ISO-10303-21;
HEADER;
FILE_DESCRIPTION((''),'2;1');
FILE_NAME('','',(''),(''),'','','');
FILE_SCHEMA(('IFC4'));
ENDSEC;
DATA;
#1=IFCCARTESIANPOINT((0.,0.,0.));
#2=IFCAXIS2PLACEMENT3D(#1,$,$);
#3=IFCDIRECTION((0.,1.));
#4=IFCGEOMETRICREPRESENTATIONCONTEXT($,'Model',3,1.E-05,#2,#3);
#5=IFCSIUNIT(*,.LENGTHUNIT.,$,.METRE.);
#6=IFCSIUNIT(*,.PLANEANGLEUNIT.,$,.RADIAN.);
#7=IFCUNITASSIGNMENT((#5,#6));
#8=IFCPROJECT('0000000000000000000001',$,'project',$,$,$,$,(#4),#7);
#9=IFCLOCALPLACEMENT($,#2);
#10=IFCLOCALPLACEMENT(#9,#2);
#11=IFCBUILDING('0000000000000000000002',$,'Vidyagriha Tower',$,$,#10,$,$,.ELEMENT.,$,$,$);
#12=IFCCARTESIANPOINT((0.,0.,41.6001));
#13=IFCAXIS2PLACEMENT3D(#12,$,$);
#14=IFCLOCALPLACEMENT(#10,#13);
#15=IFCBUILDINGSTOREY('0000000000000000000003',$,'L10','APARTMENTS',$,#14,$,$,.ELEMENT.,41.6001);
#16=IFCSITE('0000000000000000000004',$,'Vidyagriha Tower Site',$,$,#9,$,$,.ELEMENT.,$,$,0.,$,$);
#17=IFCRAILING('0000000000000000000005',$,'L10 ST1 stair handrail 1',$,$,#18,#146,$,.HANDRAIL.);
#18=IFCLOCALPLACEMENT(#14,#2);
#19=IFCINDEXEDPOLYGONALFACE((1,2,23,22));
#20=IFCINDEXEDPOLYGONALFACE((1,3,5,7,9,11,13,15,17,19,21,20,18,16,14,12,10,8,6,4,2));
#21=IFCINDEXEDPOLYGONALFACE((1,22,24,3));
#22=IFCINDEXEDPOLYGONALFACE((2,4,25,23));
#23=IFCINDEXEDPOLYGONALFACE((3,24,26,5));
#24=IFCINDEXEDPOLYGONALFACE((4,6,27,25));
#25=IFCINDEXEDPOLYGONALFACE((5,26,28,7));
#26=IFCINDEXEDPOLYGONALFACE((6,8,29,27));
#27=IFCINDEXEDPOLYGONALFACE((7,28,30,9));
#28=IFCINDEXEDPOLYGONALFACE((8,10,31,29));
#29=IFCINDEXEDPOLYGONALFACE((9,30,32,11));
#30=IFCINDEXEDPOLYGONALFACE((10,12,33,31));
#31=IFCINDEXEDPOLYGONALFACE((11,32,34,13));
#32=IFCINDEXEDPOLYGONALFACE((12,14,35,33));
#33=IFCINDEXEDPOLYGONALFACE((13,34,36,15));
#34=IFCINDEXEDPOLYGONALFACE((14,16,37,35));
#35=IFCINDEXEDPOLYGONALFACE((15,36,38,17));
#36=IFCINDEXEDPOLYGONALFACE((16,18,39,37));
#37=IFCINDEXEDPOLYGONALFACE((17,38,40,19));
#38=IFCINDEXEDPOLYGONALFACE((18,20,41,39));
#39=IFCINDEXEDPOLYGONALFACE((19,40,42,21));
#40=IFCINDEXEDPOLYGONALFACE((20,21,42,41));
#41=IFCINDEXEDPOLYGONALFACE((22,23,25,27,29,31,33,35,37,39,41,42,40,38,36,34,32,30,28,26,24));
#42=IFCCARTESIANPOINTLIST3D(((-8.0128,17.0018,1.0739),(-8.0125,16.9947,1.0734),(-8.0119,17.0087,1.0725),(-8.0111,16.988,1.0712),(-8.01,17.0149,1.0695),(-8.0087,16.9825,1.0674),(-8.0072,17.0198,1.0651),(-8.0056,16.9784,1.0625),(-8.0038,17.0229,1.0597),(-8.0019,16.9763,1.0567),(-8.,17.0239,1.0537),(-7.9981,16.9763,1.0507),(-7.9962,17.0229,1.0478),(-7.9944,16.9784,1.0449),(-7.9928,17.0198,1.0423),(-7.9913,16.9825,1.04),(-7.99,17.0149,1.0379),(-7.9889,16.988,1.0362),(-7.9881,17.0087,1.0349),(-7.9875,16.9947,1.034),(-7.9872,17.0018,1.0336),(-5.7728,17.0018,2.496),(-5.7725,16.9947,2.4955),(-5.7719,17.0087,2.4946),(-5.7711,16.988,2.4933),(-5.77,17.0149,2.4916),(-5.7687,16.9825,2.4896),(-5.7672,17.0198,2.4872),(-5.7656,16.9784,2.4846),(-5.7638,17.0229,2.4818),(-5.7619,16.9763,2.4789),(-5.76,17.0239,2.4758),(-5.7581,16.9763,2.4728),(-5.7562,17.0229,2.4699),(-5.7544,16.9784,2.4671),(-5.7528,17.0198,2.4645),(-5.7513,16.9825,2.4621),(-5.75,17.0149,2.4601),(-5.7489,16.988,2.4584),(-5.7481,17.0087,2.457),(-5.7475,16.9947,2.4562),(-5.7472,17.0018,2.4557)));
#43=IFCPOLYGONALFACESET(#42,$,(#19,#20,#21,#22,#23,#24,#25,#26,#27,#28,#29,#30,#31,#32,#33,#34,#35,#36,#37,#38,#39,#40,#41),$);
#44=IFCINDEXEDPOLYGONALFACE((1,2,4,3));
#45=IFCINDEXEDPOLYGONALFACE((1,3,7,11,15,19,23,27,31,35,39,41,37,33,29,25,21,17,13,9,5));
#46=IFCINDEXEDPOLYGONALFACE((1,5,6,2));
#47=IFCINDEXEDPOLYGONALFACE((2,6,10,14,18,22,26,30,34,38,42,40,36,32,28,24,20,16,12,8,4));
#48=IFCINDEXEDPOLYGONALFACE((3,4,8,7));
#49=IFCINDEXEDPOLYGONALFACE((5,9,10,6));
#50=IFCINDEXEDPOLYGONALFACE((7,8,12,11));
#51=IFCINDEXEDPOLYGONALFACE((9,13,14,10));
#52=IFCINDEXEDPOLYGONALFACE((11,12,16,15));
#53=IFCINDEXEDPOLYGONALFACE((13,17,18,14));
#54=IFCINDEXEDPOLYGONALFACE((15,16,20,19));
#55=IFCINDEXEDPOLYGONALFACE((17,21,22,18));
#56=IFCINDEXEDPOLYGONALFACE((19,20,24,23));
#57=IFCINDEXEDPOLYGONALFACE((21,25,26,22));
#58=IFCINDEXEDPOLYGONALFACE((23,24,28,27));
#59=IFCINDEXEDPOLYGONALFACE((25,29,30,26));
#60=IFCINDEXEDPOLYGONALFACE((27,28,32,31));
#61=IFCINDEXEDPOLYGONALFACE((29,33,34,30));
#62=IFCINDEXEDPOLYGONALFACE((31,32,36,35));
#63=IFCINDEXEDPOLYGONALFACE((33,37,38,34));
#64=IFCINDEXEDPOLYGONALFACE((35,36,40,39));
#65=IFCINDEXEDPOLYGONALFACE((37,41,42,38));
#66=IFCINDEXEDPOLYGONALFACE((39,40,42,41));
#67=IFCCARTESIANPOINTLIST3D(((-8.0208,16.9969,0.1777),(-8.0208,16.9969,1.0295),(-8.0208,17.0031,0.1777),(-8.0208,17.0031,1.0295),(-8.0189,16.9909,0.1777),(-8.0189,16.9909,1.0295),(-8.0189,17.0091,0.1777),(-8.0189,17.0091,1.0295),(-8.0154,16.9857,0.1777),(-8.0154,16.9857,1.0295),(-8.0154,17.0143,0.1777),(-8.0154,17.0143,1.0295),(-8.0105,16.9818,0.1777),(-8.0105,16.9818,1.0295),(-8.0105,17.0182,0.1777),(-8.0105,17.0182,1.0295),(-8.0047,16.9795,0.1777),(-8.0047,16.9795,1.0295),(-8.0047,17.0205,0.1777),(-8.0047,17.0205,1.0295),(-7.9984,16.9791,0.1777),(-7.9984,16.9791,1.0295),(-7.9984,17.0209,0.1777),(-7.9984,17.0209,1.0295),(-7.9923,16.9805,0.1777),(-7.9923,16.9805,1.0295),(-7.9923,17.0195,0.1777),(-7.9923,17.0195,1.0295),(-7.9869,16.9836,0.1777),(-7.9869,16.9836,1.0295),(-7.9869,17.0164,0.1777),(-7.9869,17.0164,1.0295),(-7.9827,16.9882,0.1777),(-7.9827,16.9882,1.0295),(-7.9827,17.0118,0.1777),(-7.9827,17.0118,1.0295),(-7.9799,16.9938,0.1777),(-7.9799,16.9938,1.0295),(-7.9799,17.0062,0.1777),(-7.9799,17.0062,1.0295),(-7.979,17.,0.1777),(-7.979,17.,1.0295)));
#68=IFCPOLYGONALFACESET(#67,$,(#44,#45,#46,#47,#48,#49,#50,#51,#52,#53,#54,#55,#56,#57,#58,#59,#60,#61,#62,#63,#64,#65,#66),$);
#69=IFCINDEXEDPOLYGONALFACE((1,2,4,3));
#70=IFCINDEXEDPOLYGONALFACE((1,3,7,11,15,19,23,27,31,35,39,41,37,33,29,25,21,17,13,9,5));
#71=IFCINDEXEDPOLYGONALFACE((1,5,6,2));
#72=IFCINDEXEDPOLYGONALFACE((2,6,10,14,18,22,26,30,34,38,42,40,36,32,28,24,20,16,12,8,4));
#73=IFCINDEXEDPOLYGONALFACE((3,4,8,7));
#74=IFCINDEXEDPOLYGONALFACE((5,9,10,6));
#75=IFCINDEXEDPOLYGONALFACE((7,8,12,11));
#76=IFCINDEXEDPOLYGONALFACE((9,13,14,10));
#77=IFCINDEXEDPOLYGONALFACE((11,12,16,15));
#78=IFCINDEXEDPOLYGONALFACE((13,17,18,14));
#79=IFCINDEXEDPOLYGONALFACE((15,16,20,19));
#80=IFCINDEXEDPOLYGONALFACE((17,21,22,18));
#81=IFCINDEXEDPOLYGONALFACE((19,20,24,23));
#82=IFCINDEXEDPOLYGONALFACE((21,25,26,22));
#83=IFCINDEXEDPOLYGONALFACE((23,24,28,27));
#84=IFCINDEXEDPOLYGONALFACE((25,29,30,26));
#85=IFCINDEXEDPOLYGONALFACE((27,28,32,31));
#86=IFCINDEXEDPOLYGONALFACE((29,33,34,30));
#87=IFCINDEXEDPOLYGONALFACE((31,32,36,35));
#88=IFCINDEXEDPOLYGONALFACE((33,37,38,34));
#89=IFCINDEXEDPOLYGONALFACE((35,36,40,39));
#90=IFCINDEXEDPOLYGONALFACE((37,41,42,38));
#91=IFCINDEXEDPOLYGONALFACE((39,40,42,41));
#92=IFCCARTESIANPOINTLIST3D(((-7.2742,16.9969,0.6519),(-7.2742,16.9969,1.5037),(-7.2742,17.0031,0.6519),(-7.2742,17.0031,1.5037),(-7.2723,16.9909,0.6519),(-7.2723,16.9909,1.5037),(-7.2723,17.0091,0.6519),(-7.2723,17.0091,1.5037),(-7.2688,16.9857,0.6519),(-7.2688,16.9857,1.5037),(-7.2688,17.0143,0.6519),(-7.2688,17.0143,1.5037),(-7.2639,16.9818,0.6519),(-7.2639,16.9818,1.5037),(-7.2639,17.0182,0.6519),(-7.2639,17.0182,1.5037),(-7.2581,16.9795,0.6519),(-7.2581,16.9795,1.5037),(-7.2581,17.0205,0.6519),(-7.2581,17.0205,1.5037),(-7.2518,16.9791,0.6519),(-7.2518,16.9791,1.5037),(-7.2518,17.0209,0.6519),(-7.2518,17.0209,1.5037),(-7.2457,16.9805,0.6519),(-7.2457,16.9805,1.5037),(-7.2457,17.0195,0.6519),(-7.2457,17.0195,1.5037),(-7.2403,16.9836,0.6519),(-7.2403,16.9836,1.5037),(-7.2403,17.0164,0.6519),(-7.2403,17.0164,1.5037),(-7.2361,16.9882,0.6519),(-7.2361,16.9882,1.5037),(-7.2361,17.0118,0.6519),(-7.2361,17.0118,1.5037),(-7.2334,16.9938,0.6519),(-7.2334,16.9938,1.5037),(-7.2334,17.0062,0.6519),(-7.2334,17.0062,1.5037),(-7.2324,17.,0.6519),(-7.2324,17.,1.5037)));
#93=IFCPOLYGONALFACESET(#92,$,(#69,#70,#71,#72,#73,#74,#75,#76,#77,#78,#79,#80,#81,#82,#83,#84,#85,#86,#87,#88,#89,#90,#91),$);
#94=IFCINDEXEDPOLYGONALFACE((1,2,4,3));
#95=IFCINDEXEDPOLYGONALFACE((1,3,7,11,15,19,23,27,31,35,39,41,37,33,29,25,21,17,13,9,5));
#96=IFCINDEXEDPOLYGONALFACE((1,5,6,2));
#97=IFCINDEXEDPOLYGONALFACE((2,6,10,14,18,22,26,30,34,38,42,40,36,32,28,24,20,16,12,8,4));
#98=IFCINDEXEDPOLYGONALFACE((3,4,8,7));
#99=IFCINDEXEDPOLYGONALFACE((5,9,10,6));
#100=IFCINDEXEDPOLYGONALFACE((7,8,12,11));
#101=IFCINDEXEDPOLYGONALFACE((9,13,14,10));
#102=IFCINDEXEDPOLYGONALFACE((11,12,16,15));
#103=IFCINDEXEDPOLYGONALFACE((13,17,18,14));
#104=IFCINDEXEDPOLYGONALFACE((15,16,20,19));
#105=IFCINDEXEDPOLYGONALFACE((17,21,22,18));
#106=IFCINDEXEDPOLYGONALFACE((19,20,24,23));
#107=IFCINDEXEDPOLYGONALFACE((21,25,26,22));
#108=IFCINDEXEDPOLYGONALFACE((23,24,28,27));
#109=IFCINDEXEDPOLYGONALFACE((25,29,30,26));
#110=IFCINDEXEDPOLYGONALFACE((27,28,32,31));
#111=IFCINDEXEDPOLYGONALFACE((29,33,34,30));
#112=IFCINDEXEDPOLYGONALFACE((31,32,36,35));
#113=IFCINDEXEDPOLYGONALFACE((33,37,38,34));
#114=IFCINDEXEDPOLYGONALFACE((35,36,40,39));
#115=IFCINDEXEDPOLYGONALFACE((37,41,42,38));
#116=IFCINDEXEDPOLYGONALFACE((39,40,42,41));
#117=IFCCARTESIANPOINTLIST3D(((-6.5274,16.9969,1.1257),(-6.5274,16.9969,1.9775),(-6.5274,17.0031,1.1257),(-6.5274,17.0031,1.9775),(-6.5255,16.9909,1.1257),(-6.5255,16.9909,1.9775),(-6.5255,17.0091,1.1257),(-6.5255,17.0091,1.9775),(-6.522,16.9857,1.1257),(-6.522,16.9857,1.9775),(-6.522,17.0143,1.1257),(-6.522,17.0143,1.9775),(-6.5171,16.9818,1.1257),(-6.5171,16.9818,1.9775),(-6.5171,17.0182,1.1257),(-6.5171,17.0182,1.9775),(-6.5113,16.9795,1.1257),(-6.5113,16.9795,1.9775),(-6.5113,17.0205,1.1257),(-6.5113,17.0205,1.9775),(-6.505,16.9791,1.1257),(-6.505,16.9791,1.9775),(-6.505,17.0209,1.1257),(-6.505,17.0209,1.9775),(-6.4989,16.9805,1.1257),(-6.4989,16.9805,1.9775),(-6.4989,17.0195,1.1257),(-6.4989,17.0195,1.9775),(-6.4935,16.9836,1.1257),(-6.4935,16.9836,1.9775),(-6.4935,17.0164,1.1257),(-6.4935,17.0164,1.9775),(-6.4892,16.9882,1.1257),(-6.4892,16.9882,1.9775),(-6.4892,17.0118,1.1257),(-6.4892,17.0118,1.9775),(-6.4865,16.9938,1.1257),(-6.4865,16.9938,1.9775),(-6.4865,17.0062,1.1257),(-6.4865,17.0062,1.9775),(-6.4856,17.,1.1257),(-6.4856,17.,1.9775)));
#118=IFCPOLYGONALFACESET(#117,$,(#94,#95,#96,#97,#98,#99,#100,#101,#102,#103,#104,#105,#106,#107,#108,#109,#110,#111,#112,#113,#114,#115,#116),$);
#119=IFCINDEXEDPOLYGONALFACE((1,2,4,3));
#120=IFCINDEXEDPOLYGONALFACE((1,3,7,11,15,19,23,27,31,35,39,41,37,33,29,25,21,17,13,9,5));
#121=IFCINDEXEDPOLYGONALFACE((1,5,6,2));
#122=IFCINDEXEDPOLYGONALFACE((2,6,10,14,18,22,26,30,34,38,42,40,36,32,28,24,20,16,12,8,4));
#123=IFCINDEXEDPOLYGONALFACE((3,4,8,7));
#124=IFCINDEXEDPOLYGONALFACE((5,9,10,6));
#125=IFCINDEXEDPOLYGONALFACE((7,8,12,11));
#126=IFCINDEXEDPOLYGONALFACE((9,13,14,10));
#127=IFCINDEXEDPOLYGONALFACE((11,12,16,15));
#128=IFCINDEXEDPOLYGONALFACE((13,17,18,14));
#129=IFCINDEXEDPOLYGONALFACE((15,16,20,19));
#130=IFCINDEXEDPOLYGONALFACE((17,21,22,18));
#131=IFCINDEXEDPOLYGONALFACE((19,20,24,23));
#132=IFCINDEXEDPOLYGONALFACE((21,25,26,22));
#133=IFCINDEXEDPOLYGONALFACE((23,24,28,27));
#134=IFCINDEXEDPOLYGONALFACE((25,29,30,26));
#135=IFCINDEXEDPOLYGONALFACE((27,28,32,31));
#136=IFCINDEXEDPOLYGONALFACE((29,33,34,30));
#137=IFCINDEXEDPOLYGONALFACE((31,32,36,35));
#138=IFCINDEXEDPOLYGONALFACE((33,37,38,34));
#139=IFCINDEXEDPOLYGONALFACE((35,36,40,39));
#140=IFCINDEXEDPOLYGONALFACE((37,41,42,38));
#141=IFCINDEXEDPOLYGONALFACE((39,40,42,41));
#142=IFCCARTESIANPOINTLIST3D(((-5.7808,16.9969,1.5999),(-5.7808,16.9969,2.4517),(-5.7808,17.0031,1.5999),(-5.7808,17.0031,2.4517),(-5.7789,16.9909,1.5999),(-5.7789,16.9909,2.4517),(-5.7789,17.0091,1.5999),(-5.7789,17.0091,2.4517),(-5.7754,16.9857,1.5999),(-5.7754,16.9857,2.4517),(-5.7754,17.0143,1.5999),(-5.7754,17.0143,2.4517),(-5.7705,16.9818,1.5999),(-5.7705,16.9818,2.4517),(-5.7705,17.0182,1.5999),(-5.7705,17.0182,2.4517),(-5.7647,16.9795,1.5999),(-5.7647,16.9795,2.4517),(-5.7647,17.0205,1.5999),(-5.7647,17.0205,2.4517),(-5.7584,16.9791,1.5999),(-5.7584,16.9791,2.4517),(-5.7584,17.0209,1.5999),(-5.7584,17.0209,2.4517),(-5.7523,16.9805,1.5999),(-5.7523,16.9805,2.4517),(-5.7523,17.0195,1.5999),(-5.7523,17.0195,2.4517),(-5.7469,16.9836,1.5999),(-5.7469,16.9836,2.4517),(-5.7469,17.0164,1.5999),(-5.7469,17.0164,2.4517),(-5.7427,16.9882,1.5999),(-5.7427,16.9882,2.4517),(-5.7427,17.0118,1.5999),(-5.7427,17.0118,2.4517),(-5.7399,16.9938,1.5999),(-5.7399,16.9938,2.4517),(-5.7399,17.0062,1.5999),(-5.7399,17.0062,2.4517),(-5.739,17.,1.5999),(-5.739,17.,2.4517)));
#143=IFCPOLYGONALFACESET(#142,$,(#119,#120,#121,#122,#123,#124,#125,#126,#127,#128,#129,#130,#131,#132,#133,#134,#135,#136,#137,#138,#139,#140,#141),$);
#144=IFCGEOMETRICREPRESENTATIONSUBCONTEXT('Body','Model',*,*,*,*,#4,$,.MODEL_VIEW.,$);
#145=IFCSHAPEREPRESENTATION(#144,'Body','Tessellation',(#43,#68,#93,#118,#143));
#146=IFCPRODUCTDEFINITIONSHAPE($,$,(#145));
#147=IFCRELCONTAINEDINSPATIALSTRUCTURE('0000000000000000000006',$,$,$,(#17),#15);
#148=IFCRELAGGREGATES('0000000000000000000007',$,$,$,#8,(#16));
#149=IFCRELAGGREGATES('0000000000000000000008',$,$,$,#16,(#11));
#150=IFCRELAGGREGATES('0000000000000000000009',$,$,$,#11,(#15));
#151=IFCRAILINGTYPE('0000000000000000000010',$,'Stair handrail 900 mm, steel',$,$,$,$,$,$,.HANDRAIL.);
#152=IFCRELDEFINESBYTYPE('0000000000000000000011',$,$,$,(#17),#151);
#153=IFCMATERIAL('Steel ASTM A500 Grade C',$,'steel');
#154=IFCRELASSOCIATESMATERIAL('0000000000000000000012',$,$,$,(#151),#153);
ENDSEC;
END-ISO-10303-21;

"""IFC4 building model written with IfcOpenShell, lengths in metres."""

from ifc_helpers import new_model, si_unit, direction, frame, origin, origin_2d, place, context, subcontext, project, spatial, circle, extrude, material, type_object, element, save


model = new_model("IFC4")

# Units and contexts
model_context = context("Model", 3, precision=1e-05, world=origin(), true_north=direction((0.0, 1.0)))
body_context = subcontext(model_context, "Body", "Model", "MODEL_VIEW")
ifc_project = project(units=[si_unit("LENGTHUNIT", "METRE"), si_unit("PLANEANGLEUNIT", "RADIAN")], contexts=[model_context])

# Site, building, storey
site_placement = place(None, origin())
site = spatial("IfcSite", under=ifc_project, at=site_placement, Name="Vidyagriha Tower Site", CompositionType="ELEMENT", RefElevation=0.0)
building_placement = place(site_placement, origin())
building = spatial("IfcBuilding", under=site, at=building_placement, Name="Vidyagriha Tower", CompositionType="ELEMENT")
storey_placement = place(building_placement, frame((0.0, 0.0, 41.6001)))
storey = spatial("IfcBuildingStorey", under=building, at=storey_placement, Name="L10", Description="APARTMENTS", CompositionType="ELEMENT", Elevation=41.6001)

# Railing
ifc_material_1 = material(Name="Steel ASTM A500 Grade C", Category="steel")
railing_type_1 = type_object("IfcRailingType", Name="Stair handrail 900 mm, steel", PredefinedType="HANDRAIL", material=ifc_material_1)
railing_1_placement = place(storey_placement, frame((-8.0, 17.0, 0.1777)))
element("IfcRailing", 1, at=railing_1_placement, inside=storey, type_object=railing_type_1, Name="L10 ST1 stair handrail 1", PredefinedType="HANDRAIL", context=body_context, shape_type="SweptSolid", body=[
    extrude(circle(Radius=0.0239, at=origin_2d()), frame((0.0, 0.0, 0.876), z_axis=(0.844229, 0.0, 0.535982), x_axis=(0.0, 1.0, 0.0)), (0.0, 0.0, 1.0), 2.6533),
    extrude(circle(Radius=0.021, at=origin_2d()), origin(), (0.0, 0.0, 1.0), 0.8518),
    extrude(circle(Radius=0.021, at=origin_2d()), frame((0.7466, 0.0, 0.4741)), (0.0, 0.0, 1.0), 0.8518),
    extrude(circle(Radius=0.021, at=origin_2d()), frame((1.4934, 0.0, 0.948)), (0.0, 0.0, 1.0), 0.8518),
    extrude(circle(Radius=0.021, at=origin_2d()), frame((2.24, 0.0, 1.4221)), (0.0, 0.0, 1.0), 0.8518),
])

save(model, "model.ifc")
